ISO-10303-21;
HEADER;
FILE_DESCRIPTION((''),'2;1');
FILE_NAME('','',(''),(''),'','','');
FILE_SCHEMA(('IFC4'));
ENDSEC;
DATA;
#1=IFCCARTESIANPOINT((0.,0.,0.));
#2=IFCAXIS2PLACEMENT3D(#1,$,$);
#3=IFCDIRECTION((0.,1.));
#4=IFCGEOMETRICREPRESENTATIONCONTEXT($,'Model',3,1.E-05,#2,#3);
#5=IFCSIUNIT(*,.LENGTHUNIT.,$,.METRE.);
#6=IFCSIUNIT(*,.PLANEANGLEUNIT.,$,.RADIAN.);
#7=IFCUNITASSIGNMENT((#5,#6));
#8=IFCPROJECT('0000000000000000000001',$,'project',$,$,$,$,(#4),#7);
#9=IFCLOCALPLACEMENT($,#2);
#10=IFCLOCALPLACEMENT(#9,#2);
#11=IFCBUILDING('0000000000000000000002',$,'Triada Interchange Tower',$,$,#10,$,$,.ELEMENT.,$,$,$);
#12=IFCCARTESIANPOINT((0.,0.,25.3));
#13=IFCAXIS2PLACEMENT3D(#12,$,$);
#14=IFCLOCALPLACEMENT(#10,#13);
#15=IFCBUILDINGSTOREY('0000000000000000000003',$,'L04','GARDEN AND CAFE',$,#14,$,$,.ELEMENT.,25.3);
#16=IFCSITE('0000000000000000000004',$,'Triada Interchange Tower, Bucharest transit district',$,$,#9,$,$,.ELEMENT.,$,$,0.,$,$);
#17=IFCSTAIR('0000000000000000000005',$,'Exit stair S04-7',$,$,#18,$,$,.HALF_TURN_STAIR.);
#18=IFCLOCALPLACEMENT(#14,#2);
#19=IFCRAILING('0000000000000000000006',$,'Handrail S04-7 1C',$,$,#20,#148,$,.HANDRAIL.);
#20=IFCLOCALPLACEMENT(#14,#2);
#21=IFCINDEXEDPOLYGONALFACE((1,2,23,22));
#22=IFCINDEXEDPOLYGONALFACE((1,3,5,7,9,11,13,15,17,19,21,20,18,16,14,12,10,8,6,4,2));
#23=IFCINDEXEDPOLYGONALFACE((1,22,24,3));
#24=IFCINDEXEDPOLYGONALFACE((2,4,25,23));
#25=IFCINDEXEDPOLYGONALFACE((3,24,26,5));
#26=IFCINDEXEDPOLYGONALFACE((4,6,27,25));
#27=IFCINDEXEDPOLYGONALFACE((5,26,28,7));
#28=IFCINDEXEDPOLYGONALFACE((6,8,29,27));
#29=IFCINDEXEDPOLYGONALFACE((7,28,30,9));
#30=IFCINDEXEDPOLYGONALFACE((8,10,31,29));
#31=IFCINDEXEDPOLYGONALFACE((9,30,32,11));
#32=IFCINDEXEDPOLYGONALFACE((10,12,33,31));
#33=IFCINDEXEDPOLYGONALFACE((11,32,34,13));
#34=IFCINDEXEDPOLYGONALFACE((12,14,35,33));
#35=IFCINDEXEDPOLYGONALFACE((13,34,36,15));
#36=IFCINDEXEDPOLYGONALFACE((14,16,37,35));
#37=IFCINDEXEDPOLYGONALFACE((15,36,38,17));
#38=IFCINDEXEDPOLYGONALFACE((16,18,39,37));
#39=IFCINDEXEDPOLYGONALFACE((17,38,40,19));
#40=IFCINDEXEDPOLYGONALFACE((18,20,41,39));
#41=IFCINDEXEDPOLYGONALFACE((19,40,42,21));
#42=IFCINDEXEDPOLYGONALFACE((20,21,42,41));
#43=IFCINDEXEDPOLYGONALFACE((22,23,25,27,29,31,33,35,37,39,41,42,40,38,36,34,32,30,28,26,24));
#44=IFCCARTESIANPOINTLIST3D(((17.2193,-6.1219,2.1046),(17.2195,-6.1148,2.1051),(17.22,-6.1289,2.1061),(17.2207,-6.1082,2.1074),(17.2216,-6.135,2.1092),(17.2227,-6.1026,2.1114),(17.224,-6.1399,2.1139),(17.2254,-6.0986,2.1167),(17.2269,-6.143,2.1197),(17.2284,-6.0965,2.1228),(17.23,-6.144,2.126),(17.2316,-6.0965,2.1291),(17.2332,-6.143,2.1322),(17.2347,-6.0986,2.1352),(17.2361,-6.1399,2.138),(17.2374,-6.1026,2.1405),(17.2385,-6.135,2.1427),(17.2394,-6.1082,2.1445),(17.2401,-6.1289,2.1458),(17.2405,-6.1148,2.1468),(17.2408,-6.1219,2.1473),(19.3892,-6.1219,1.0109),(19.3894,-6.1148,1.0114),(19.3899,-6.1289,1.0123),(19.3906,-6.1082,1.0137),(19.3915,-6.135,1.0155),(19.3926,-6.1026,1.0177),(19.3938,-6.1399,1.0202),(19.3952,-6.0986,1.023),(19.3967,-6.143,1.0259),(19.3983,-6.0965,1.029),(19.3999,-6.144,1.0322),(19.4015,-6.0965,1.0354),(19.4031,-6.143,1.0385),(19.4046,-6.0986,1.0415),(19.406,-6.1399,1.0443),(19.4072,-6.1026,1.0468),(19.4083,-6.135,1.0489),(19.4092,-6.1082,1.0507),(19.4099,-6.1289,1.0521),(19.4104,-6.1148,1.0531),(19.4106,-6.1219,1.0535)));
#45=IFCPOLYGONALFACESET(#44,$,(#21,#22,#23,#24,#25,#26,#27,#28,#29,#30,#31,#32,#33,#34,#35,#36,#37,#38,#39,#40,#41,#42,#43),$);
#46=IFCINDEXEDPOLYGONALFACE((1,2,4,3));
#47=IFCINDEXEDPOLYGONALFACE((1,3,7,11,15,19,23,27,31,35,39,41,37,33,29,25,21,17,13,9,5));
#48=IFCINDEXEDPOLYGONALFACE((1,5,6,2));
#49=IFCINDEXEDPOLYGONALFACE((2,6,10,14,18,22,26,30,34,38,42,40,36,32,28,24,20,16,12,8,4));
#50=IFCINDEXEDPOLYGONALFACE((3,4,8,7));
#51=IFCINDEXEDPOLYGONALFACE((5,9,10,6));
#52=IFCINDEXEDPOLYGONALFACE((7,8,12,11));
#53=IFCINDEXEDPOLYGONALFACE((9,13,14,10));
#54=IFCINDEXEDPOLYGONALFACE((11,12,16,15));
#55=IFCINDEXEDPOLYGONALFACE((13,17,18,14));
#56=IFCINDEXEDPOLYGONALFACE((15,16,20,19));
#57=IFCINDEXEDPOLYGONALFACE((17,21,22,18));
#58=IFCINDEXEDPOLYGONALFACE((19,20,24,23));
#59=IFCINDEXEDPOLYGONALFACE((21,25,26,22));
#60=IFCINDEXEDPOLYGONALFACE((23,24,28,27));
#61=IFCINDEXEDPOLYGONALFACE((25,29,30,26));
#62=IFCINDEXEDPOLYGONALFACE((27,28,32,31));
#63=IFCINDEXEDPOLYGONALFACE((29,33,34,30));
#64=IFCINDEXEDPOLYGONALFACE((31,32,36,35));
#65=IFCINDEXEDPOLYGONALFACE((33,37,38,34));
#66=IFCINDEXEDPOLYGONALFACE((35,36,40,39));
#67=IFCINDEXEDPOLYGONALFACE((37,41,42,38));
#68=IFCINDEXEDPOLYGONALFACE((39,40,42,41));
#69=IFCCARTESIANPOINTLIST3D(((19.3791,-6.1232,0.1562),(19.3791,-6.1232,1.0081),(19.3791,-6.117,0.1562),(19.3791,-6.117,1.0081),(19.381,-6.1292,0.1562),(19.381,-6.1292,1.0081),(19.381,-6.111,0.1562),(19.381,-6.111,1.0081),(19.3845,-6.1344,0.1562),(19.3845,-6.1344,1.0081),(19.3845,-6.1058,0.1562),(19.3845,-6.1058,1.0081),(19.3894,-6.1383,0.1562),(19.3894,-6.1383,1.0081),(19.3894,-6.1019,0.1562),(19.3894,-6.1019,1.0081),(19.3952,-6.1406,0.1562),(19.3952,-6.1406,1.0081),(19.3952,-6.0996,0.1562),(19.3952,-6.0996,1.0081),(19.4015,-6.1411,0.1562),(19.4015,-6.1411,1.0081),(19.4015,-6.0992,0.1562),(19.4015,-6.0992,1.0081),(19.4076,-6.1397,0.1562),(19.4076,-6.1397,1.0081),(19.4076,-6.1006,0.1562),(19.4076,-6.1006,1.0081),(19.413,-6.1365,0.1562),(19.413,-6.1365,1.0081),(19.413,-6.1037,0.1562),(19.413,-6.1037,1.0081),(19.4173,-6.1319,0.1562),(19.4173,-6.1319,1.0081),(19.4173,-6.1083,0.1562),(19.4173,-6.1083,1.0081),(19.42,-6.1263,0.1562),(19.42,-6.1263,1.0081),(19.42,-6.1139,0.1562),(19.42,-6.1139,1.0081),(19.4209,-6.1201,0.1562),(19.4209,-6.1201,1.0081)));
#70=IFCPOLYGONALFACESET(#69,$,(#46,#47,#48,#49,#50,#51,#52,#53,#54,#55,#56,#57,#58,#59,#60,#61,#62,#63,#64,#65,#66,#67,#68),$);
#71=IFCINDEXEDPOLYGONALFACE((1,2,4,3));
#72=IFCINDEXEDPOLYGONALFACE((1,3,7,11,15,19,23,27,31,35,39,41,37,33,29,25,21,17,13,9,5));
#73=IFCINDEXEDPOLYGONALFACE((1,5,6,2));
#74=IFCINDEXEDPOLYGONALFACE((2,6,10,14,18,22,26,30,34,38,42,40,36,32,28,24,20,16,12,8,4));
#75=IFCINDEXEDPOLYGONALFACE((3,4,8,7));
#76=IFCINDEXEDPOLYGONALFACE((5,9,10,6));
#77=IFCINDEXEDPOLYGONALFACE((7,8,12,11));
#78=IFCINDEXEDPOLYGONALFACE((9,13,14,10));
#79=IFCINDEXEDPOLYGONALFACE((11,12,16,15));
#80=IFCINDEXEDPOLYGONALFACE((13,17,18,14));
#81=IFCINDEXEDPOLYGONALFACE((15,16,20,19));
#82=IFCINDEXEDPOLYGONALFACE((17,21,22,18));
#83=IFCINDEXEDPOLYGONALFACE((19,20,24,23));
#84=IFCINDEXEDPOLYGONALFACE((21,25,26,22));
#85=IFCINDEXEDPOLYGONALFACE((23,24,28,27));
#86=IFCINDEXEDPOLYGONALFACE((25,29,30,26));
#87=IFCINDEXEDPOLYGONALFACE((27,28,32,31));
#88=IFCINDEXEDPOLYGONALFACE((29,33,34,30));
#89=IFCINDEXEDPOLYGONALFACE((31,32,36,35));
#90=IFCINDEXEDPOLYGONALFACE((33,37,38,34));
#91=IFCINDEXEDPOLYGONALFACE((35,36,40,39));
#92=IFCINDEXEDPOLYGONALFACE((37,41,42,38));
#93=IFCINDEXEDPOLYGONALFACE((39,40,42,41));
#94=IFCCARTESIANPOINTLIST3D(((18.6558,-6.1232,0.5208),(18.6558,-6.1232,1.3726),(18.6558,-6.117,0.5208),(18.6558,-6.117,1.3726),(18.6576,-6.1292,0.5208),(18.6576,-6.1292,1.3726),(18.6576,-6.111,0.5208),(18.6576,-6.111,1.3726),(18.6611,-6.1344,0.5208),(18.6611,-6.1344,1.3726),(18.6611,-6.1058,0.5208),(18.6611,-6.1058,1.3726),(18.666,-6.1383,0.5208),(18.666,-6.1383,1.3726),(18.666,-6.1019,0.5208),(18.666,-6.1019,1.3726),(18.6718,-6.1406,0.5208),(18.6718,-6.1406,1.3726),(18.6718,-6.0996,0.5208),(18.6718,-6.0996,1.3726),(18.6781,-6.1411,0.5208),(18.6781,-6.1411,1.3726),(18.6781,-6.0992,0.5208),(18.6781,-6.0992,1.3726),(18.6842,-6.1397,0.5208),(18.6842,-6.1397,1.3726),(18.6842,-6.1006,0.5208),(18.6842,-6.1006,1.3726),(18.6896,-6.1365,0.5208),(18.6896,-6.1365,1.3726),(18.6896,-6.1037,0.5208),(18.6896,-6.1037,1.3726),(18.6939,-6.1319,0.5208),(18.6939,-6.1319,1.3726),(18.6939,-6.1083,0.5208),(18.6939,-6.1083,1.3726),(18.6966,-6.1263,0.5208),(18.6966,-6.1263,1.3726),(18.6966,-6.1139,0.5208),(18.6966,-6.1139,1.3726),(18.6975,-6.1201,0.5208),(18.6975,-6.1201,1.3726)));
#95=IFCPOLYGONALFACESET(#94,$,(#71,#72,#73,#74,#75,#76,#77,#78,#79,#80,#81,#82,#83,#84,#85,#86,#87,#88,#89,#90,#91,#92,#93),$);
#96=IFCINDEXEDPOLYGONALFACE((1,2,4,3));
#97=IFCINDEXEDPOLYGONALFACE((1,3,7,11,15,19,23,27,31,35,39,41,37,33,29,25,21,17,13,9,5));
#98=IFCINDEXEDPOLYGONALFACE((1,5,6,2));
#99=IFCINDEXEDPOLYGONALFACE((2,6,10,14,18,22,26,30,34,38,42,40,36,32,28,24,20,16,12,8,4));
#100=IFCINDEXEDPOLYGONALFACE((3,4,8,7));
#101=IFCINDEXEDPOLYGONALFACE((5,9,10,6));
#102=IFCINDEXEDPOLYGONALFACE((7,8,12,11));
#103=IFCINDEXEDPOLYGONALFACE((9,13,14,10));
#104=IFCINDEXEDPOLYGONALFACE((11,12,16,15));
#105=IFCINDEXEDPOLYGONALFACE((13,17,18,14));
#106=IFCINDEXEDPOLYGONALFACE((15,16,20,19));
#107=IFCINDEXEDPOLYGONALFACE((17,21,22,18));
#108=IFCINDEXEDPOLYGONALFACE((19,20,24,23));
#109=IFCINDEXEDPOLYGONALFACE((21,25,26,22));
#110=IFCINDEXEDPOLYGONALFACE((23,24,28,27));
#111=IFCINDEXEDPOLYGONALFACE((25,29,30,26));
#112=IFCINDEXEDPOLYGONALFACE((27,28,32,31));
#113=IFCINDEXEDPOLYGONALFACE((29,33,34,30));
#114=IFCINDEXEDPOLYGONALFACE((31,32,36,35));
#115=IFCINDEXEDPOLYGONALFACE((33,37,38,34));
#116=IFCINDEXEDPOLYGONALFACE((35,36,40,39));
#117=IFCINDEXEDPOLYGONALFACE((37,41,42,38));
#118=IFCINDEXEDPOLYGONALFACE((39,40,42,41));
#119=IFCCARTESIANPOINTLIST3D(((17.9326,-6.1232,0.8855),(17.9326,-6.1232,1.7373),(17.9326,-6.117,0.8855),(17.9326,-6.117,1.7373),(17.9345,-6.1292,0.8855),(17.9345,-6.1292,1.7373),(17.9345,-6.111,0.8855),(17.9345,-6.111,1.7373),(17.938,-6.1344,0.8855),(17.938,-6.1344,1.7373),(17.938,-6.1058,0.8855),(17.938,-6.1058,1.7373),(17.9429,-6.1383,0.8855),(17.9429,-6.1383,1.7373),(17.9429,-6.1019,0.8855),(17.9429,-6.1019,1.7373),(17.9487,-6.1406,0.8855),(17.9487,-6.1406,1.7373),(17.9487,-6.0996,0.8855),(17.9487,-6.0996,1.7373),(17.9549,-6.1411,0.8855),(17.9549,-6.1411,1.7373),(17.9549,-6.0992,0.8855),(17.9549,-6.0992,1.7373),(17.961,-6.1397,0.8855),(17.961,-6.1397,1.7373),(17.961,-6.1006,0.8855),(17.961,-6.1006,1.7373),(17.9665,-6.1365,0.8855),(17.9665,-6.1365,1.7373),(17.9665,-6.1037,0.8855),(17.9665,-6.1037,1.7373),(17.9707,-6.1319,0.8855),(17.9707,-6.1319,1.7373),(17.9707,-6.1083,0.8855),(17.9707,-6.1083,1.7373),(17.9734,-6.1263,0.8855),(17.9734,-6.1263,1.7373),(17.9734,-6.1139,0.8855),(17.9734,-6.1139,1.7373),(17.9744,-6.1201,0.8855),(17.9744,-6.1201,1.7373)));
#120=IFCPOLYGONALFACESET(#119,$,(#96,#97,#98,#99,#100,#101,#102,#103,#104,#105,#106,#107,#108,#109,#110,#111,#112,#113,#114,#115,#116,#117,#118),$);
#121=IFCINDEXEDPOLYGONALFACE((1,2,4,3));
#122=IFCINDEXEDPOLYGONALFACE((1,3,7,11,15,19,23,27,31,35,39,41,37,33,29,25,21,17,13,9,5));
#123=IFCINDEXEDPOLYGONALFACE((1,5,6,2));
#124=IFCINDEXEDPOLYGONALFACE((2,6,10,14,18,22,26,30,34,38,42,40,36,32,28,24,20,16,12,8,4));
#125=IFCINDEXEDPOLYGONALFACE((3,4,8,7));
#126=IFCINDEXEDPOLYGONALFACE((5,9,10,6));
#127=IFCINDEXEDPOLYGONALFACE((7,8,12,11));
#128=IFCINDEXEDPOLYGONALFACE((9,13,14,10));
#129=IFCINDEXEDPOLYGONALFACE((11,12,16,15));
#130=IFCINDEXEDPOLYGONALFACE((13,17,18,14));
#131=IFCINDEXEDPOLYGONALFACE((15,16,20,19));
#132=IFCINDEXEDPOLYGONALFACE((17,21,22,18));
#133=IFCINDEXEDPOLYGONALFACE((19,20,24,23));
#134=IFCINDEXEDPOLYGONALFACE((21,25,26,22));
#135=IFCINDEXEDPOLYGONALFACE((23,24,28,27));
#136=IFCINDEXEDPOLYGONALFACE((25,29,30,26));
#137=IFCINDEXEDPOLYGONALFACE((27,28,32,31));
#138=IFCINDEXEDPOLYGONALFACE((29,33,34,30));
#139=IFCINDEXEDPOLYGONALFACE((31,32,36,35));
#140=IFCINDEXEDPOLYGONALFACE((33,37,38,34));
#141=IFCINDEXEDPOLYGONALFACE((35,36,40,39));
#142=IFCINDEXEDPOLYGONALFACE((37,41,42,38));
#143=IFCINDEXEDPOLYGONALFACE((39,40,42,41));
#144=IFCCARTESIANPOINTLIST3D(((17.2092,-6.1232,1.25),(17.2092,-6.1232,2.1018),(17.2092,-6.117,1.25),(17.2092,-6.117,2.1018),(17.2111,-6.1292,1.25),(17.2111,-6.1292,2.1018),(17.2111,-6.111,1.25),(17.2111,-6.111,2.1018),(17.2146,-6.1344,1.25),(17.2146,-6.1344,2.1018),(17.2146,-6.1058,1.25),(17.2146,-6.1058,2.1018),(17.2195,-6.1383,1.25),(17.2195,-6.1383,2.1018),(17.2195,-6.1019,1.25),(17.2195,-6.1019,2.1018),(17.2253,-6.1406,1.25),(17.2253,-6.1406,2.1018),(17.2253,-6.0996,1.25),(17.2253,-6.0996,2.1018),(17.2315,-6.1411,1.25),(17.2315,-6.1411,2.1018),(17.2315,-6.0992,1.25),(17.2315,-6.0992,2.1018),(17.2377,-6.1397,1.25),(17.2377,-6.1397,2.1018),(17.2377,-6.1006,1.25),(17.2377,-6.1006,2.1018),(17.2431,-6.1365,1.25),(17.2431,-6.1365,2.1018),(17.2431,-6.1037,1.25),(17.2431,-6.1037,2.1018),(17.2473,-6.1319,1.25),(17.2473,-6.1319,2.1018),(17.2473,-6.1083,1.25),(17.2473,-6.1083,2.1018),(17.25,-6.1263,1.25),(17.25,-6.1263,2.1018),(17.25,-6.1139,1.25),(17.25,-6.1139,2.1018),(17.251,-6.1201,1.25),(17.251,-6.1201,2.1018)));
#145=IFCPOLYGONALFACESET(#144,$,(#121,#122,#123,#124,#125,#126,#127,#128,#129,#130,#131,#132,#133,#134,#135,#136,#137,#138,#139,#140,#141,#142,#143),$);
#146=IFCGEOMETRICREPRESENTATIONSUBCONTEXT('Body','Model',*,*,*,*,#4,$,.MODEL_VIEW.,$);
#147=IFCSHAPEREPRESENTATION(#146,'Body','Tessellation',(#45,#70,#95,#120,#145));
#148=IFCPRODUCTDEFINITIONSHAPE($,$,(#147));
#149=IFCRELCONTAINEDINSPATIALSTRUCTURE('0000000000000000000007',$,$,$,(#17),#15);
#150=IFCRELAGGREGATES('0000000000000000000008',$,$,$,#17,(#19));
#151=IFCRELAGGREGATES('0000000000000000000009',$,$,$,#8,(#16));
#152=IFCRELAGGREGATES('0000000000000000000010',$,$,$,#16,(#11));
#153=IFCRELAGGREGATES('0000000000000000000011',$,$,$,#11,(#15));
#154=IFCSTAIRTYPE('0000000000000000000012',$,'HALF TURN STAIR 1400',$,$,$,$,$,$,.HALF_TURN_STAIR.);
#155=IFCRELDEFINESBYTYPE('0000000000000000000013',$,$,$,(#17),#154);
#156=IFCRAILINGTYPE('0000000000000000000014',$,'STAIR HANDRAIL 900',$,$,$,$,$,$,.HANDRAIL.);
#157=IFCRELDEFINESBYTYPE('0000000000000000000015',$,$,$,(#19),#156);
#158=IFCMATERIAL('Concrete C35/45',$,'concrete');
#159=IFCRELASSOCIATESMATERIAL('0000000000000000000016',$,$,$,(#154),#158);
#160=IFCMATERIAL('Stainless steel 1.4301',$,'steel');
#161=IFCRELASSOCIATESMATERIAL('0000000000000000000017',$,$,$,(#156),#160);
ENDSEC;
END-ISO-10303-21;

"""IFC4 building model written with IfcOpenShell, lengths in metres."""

from ifc_helpers import new_model, si_unit, direction, frame, origin, origin_2d, place, context, subcontext, project, spatial, circle, extrude, material, type_object, element, aggregate, save


model = new_model("IFC4")

# Units and contexts
model_context = context("Model", 3, precision=1e-05, world=origin(), true_north=direction((0.0, 1.0)))
body_context = subcontext(model_context, "Body", "Model", "MODEL_VIEW")
ifc_project = project(units=[si_unit("LENGTHUNIT", "METRE"), si_unit("PLANEANGLEUNIT", "RADIAN")], contexts=[model_context])

# Site, building, storey
site_placement = place(None, origin())
site = spatial("IfcSite", under=ifc_project, at=site_placement, Name="Triada Interchange Tower, Bucharest transit district", CompositionType="ELEMENT", RefElevation=0.0)
building_placement = place(site_placement, origin())
building = spatial("IfcBuilding", under=site, at=building_placement, Name="Triada Interchange Tower", CompositionType="ELEMENT")
storey_placement = place(building_placement, frame((0.0, 0.0, 25.3)))
storey = spatial("IfcBuildingStorey", under=building, at=storey_placement, Name="L04", Description="GARDEN AND CAFE", CompositionType="ELEMENT", Elevation=25.3)

# Shared definitions
ifc_material_1 = material(Name="Concrete C35/45", Category="concrete")

# Stair, railing
stair_type = type_object("IfcStairType", Name="HALF TURN STAIR 1400", PredefinedType="HALF_TURN_STAIR", material=ifc_material_1)
stair_placement = place(storey_placement, origin())
stair = element("IfcStair", 1, at=stair_placement, inside=storey, type_object=stair_type, Name="Exit stair S04-7", PredefinedType="HALF_TURN_STAIR")
ifc_material_2 = material(Name="Stainless steel 1.4301", Category="steel")
railing_type_1 = type_object("IfcRailingType", Name="STAIR HANDRAIL 900", PredefinedType="HANDRAIL", material=ifc_material_2)
railing_1_placement = place(storey_placement, frame((19.3999, -6.1201, 0.1562)))
railing_1 = element("IfcRailing", 2, at=railing_1_placement, type_object=railing_type_1, Name="Handrail S04-7 1C", PredefinedType="HANDRAIL", context=body_context, shape_type="SweptSolid", body=[
    extrude(circle(Radius=0.0239, at=origin_2d()), frame((0.0, 0.0, 0.876), z_axis=(-0.892976, 0.0, 0.450105), x_axis=(0.0, -1.0, 0.0)), (0.0, 0.0, 1.0), 2.4299),
    extrude(circle(Radius=0.021, at=origin_2d()), origin(), (0.0, 0.0, 1.0), 0.8518),
    extrude(circle(Radius=0.021, at=origin_2d()), frame((-0.7234, 0.0, 0.3645)), (0.0, 0.0, 1.0), 0.8518),
    extrude(circle(Radius=0.021, at=origin_2d()), frame((-1.4465, 0.0, 0.7292)), (0.0, 0.0, 1.0), 0.8518),
    extrude(circle(Radius=0.021, at=origin_2d()), frame((-2.1699, 0.0, 1.0938)), (0.0, 0.0, 1.0), 0.8518),
])
aggregate(stair, [railing_1])

save(model, "model.ifc")
